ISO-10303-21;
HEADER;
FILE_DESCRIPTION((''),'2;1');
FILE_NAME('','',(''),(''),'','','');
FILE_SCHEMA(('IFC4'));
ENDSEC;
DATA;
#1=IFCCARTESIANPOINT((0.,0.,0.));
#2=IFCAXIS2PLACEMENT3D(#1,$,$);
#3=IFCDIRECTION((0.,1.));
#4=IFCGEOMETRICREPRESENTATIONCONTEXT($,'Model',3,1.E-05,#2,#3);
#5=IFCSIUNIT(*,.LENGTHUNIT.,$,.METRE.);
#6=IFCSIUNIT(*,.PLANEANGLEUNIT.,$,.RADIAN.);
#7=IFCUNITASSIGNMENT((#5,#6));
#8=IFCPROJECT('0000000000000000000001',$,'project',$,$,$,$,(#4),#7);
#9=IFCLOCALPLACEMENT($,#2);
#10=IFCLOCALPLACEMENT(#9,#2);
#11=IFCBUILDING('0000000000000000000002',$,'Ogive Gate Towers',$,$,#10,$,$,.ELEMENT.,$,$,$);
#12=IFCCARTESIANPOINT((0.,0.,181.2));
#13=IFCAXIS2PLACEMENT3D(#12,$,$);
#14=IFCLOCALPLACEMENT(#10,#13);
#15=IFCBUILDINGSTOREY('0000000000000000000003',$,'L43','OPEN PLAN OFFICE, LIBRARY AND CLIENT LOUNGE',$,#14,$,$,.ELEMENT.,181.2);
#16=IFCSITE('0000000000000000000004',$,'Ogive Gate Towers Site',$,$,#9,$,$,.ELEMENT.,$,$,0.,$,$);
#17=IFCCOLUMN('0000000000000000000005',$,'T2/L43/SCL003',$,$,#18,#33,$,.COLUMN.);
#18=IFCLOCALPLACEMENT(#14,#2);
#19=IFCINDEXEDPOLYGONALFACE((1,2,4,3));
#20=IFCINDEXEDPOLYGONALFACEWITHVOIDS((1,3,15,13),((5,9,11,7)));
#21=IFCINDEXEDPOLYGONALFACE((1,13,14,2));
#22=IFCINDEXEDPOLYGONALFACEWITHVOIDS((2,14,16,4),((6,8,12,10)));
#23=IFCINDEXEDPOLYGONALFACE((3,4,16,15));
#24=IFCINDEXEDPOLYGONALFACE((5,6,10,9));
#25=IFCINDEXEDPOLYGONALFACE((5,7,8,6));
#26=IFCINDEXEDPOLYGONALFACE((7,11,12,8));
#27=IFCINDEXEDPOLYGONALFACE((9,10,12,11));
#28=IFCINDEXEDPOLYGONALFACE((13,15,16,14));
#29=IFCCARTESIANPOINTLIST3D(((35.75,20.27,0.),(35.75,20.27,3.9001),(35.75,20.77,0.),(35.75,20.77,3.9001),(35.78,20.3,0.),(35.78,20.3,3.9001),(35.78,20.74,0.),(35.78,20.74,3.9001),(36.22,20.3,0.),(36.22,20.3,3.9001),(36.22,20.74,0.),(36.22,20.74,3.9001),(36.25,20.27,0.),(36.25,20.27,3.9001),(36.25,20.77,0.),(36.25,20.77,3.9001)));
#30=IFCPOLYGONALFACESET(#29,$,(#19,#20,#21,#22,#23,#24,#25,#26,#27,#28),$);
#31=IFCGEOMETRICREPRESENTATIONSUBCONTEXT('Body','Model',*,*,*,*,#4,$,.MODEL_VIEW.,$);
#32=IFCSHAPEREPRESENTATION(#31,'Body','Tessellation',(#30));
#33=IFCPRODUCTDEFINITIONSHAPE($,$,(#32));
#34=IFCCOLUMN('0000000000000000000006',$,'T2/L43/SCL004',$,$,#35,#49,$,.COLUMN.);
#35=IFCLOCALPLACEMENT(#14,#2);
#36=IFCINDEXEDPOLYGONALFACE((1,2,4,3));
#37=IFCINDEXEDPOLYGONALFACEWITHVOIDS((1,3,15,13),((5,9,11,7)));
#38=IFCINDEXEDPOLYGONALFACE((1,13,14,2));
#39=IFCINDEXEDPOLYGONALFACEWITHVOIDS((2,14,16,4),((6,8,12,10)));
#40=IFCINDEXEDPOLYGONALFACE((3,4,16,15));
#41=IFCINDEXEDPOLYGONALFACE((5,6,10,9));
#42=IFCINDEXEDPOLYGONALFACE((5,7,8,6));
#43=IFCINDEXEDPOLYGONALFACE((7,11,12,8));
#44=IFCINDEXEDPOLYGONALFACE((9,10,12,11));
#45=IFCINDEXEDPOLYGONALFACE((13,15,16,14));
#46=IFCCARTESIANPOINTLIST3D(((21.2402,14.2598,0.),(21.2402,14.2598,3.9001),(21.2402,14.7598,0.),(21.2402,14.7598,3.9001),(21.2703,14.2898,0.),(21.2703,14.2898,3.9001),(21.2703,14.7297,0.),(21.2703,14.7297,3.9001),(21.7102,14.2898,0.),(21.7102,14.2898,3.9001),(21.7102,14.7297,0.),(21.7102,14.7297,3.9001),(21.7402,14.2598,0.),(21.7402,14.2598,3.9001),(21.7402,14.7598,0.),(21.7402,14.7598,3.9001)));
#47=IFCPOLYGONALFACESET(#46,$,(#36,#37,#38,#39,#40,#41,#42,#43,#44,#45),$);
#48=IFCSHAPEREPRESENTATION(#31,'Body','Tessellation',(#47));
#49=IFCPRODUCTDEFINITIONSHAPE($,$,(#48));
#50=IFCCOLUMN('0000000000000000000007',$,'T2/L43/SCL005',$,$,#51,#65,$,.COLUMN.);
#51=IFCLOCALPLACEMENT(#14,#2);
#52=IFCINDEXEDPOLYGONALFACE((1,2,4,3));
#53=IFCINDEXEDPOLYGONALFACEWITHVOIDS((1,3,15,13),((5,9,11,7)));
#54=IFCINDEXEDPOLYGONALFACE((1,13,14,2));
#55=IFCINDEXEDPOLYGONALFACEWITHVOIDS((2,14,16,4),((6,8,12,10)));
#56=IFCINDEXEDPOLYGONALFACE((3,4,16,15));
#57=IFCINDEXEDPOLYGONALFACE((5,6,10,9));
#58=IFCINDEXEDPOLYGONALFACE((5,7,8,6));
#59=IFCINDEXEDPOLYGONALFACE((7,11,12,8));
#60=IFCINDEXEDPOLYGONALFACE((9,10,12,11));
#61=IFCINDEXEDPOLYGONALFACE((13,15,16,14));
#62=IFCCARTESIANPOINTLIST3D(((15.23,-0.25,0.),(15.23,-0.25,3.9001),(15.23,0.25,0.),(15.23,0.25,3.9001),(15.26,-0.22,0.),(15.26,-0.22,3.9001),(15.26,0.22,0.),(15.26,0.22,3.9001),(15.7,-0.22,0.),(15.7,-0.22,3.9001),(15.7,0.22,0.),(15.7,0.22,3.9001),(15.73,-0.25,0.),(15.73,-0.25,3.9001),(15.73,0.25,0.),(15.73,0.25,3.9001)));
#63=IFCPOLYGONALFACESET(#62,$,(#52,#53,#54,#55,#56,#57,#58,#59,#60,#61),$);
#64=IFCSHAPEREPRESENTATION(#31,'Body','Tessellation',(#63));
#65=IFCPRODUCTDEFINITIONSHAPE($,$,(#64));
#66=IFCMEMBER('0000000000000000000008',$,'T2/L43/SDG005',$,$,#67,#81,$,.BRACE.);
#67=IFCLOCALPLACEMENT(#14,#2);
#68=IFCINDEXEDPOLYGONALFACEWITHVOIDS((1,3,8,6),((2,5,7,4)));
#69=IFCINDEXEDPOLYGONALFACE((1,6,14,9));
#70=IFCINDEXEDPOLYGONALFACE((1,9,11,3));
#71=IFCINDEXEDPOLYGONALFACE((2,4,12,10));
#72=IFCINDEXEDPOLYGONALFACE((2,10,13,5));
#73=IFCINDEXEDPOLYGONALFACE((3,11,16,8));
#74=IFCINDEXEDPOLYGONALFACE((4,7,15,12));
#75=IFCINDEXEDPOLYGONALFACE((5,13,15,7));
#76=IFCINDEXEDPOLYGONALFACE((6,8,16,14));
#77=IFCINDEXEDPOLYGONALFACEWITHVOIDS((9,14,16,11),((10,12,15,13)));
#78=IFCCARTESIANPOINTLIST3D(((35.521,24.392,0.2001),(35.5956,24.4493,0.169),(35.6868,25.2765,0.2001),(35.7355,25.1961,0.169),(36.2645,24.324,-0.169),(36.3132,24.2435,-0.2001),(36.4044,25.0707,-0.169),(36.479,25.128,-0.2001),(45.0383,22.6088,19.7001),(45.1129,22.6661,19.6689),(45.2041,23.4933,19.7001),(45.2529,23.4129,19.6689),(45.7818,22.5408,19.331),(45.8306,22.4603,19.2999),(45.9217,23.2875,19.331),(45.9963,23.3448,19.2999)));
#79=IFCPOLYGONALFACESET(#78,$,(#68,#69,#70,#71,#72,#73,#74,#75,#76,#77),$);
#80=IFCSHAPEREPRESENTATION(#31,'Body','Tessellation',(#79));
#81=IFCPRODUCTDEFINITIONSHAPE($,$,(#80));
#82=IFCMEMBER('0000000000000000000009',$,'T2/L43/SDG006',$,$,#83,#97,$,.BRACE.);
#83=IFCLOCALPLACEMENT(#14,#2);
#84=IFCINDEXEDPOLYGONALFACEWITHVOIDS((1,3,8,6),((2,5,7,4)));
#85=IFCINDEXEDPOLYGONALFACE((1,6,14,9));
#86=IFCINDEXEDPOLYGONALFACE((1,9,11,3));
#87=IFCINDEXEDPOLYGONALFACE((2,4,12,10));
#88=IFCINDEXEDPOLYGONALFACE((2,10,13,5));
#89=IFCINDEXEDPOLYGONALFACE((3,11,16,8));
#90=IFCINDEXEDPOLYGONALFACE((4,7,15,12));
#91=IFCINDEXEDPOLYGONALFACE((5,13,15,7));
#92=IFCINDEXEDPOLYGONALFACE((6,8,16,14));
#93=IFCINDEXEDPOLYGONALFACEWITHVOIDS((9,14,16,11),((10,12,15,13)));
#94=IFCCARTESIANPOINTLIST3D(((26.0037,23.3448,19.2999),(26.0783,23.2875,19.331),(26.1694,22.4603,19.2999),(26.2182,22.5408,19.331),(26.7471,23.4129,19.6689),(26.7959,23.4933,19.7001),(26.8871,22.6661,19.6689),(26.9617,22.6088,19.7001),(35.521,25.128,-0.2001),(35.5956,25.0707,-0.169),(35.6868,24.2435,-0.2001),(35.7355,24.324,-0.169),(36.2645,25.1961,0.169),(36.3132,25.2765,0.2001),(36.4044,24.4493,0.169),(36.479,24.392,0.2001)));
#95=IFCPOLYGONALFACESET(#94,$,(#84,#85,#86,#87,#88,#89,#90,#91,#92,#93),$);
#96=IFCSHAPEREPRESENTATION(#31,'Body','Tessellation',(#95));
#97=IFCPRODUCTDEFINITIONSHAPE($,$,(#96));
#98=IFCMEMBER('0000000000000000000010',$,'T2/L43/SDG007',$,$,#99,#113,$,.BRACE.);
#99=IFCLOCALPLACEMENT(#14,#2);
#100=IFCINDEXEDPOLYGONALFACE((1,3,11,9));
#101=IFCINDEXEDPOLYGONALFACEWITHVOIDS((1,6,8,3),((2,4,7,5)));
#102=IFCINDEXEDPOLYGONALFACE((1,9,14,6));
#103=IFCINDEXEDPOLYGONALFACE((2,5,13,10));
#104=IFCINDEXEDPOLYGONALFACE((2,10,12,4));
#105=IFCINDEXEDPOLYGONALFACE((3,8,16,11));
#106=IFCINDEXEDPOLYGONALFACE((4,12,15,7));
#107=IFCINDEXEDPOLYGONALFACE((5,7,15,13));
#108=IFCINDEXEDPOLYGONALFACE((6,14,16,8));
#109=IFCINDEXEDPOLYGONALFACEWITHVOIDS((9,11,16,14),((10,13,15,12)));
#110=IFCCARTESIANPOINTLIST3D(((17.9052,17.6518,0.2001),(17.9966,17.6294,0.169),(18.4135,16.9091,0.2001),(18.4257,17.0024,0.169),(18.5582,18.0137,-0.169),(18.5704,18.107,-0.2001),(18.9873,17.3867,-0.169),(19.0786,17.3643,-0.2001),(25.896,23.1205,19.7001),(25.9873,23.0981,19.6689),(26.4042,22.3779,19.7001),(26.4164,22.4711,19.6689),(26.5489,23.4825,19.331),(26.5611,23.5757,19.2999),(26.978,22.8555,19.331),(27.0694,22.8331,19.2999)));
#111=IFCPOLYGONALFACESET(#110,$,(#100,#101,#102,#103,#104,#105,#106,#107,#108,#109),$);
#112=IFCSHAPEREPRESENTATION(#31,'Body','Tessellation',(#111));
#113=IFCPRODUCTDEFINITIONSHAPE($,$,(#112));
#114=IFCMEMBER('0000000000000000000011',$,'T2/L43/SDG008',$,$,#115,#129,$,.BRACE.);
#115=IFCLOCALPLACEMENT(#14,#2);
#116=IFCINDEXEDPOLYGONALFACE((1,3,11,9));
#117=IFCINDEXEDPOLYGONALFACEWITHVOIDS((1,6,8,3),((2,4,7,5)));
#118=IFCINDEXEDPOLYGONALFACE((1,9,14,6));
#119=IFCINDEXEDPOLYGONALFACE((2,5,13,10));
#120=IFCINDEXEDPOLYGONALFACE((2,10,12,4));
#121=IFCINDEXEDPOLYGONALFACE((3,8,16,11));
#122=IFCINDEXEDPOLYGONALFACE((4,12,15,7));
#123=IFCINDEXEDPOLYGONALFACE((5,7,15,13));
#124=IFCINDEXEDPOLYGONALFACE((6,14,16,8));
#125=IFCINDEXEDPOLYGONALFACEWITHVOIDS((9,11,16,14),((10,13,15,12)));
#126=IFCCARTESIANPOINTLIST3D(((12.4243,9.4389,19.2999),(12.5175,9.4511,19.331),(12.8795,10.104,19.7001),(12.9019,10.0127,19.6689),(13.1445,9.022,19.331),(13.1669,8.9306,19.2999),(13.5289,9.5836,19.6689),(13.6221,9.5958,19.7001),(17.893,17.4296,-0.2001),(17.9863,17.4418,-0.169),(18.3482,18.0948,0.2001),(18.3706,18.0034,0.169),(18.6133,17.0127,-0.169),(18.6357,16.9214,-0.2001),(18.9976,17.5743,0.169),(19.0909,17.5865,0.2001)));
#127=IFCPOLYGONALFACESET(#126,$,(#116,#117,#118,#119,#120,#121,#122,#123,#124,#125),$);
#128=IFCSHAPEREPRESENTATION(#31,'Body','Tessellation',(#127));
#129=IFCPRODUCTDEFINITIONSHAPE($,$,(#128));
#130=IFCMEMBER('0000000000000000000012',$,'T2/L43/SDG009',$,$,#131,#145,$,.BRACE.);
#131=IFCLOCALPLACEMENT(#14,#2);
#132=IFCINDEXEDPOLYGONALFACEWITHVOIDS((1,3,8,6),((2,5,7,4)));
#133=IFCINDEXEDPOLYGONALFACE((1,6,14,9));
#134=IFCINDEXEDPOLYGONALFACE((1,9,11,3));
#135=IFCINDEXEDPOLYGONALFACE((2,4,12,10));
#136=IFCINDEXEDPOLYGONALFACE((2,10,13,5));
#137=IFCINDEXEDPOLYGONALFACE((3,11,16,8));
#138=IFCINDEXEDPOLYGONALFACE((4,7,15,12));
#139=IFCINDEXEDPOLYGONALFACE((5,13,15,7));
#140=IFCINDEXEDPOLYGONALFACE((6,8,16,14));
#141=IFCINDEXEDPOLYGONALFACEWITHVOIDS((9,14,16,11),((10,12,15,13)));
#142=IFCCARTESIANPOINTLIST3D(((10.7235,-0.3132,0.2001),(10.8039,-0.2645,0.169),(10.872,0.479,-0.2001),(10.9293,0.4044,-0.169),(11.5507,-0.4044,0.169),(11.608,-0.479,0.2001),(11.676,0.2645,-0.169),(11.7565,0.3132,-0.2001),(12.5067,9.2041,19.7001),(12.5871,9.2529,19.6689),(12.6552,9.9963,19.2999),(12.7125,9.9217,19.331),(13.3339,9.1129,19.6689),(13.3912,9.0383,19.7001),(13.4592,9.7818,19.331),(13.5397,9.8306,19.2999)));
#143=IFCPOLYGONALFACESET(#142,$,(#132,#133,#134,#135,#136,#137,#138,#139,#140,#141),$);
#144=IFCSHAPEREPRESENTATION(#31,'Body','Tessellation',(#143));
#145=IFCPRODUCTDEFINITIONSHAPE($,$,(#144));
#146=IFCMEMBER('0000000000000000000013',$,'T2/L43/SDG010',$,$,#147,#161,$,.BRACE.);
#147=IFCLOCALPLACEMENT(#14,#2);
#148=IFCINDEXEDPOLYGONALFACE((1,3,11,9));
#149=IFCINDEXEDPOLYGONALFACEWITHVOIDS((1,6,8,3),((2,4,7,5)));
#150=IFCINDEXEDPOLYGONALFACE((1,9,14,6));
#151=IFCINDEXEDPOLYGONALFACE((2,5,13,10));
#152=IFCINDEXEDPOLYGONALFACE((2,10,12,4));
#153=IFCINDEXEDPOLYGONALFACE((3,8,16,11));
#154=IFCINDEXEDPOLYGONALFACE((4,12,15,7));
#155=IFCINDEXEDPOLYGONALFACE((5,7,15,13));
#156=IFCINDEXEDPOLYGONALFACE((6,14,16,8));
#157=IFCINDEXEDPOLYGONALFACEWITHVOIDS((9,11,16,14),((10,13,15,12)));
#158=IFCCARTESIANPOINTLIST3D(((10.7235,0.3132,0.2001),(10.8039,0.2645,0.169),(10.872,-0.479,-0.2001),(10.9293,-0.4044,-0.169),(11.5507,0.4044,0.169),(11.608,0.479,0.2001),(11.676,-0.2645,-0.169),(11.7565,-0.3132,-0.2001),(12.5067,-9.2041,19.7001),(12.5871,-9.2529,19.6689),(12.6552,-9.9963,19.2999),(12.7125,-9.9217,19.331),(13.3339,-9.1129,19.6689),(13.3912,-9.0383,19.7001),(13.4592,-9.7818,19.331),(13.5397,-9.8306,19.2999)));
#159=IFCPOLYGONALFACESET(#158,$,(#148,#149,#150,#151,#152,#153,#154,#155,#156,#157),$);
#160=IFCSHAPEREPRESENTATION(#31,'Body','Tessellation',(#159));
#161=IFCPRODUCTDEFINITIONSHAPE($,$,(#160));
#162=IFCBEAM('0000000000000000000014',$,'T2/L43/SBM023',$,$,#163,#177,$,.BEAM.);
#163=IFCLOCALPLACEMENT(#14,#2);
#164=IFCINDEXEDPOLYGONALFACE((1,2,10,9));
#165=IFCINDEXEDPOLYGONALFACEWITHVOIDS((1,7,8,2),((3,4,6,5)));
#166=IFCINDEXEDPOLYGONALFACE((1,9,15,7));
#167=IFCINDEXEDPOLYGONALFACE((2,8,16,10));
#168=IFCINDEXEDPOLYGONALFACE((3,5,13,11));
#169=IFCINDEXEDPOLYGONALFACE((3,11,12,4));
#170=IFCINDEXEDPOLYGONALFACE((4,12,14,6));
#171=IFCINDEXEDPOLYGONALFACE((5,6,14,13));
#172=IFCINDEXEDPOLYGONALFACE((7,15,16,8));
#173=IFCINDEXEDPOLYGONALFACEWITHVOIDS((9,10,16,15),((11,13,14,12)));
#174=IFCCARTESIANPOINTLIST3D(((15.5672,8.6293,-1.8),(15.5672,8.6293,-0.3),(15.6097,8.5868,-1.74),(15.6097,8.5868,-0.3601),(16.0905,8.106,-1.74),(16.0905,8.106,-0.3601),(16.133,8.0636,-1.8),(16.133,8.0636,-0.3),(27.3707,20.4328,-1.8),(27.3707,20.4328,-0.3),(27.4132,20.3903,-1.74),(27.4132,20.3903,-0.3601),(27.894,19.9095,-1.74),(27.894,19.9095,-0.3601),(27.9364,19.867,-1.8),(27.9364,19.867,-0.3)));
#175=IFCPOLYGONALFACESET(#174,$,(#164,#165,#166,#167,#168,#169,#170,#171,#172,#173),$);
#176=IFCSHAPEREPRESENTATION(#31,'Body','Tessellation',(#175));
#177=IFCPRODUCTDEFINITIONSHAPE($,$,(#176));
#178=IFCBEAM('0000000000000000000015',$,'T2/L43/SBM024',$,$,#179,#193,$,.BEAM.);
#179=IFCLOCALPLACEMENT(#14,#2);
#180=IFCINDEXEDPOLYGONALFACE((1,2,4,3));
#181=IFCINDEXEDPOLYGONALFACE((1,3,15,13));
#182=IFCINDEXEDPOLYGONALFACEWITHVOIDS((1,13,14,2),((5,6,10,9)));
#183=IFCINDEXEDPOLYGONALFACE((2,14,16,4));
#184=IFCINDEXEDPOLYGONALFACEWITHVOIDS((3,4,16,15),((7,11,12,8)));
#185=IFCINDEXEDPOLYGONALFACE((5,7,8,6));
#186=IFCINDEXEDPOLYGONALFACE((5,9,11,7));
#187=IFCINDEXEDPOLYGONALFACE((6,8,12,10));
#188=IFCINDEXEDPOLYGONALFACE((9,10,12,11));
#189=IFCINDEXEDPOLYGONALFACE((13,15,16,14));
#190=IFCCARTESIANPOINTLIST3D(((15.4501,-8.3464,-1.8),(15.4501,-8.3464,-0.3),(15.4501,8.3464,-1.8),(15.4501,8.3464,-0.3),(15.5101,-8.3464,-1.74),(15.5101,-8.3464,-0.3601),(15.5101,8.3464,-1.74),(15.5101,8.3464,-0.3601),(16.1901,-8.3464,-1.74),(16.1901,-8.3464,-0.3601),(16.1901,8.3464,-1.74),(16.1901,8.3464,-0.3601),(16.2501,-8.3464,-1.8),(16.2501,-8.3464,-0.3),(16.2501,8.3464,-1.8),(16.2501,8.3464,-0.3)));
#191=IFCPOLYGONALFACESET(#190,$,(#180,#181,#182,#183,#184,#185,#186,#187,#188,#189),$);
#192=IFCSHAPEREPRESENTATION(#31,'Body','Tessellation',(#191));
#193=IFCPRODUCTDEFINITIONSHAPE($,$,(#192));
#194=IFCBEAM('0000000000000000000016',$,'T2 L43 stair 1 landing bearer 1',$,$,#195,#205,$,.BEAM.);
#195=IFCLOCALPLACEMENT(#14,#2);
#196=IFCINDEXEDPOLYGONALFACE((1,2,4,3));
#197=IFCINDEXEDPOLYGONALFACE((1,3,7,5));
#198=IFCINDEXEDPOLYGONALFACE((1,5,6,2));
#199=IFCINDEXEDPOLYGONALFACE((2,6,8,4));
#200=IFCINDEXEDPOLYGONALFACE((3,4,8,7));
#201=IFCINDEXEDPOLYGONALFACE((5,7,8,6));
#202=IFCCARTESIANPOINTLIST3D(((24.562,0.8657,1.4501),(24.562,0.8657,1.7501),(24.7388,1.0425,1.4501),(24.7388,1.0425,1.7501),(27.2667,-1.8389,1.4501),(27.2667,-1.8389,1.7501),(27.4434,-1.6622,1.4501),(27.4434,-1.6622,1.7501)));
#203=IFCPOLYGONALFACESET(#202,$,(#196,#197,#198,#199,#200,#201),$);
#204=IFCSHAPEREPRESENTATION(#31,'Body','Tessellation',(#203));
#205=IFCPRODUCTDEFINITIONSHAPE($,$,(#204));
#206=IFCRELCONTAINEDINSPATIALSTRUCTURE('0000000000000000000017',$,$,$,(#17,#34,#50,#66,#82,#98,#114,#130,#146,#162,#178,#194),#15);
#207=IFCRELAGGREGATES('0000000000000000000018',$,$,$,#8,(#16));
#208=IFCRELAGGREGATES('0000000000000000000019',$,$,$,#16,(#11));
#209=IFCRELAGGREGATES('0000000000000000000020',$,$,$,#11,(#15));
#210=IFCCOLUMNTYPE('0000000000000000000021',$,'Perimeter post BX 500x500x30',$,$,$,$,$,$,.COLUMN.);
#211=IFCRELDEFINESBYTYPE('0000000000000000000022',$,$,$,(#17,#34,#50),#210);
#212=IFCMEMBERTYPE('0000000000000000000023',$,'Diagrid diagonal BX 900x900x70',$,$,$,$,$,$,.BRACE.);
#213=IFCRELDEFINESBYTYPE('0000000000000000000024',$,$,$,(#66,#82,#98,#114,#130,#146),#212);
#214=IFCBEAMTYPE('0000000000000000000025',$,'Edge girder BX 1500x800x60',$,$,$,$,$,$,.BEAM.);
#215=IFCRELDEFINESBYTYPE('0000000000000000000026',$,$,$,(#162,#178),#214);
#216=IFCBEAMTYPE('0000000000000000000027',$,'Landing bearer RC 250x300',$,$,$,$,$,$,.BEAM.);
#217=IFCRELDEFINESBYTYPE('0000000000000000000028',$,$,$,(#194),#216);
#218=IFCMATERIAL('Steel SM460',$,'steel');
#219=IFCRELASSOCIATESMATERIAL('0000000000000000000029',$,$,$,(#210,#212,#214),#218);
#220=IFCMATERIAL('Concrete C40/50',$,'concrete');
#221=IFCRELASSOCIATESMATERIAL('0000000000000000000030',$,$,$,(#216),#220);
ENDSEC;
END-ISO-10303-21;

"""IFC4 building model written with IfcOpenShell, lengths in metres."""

from ifc_helpers import new_model, si_unit, direction, frame, origin, origin_2d, place, context, subcontext, project, spatial, rectangle, hollow_rectangle, extrude, material, material_profile, profile_set, type_object, element, save


model = new_model("IFC4")

# Units and contexts
model_context = context("Model", 3, precision=1e-05, world=origin(), true_north=direction((0.0, 1.0)))
body_context = subcontext(model_context, "Body", "Model", "MODEL_VIEW")
ifc_project = project(units=[si_unit("LENGTHUNIT", "METRE"), si_unit("PLANEANGLEUNIT", "RADIAN")], contexts=[model_context])

# Site, building, storey
site_placement = place(None, origin())
site = spatial("IfcSite", under=ifc_project, at=site_placement, Name="Ogive Gate Towers Site", CompositionType="ELEMENT", RefElevation=0.0)
building_placement = place(site_placement, origin())
building = spatial("IfcBuilding", under=site, at=building_placement, Name="Ogive Gate Towers", CompositionType="ELEMENT")
storey_placement = place(building_placement, frame((0.0, 0.0, 181.2)))
storey = spatial("IfcBuildingStorey", under=building, at=storey_placement, Name="L43", Description="OPEN PLAN OFFICE, LIBRARY AND CLIENT LOUNGE", CompositionType="ELEMENT", Elevation=181.2)

# Columns
ifc_material_1 = material(Name="Steel SM460", Category="steel")
ifc_material_profile_1 = material_profile(ifc_material_1, hollow_rectangle(XDim=0.5, YDim=0.5, WallThickness=0.03, at=origin_2d()), Name="BX 500x500x30")
ifc_profile_set_1 = profile_set([ifc_material_profile_1], Name="Steel SM460")
column_type = type_object("IfcColumnType", Name="Perimeter post BX 500x500x30", PredefinedType="COLUMN", material=ifc_profile_set_1)
for number, where, z_axis, x_axis, name in (
    (1, (36.0, 20.52, 0.0), (0.0, 0.0, 1.0), (1.0, 0.0, 0.0), "T2/L43/SCL003"),
    (2, (21.4902, 14.5098, 0.0), (0.0, 0.0, 1.0), (1.0, 0.0, 0.0), "T2/L43/SCL004"),
    (3, (15.48, 0.0, 0.0), (0.0, 0.0, 1.0), (1.0, 0.0, 0.0), "T2/L43/SCL005"),
):
    element("IfcColumn", number, at=place(storey_placement, frame(where, z_axis=z_axis, x_axis=x_axis)), inside=storey, type_object=column_type, Name=name, PredefinedType="COLUMN", context=body_context, shape_type="SweptSolid", body=[
        extrude(hollow_rectangle(XDim=0.5, YDim=0.5, WallThickness=0.03, at=origin_2d()), origin(), (0.0, 0.0, 1.0), 3.9001),
    ])

# Members
ifc_material_profile_2 = material_profile(ifc_material_1, hollow_rectangle(XDim=0.8999, YDim=0.8999, WallThickness=0.0701, at=origin_2d()), Name="BX 900x900x70")
ifc_profile_set_2 = profile_set([ifc_material_profile_2], Name="Steel SM460")
member_type = type_object("IfcMemberType", Name="Diagrid diagonal BX 900x900x70", PredefinedType="BRACE", material=ifc_profile_set_2)
for number, where, z_axis, x_axis, name in (
    (4, (36.0, 24.76, 0.0), (0.437141, -0.081904, 0.895656), (0.184159, 0.982896, 0.0), "T2/L43/SDG005"),
    (5, (36.0, 24.76, 0.0), (-0.437141, -0.081904, 0.895656), (0.184159, -0.982896, 0.0), "T2/L43/SDG006"),
    (6, (18.4919, 17.5081, 0.0), (0.367023, 0.251186, 0.895656), (-0.564783, 0.825239, 0.0), "T2/L43/SDG007"),
    (7, (18.4919, 17.5081, 0.0), (-0.251186, -0.367023, 0.895656), (0.825239, -0.564783, 0.0), "T2/L43/SDG008"),
    (8, (11.24, 0.0, 0.0), (0.081904, 0.437141, 0.895656), (-0.982896, 0.184159, 0.0), "T2/L43/SDG009"),
    (9, (11.24, 0.0, 0.0), (0.081904, -0.437141, 0.895656), (0.982896, 0.184159, 0.0), "T2/L43/SDG010"),
):
    element("IfcMember", number, at=place(storey_placement, frame(where, z_axis=z_axis, x_axis=x_axis)), inside=storey, type_object=member_type, Name=name, PredefinedType="BRACE", context=body_context, shape_type="SweptSolid", body=[
        extrude(hollow_rectangle(XDim=0.8999, YDim=0.8999, WallThickness=0.0701, at=origin_2d()), origin(), (0.0, 0.0, 1.0), 21.7717),
    ])

# Beams
ifc_material_profile_3 = material_profile(ifc_material_1, hollow_rectangle(XDim=0.8, YDim=1.5, WallThickness=0.0601, at=origin_2d()), Name="BX 1500x800x60")
ifc_profile_set_3 = profile_set([ifc_material_profile_3], Name="Steel SM460")
beam_type_1 = type_object("IfcBeamType", Name="Edge girder BX 1500x800x60", PredefinedType="BEAM", material=ifc_profile_set_3)
beam_1_placement = place(storey_placement, frame((27.6536, 20.1499, -1.05), z_axis=(-0.707107, -0.707107, 0.0), x_axis=(0.707107, -0.707107, 0.0)))
element("IfcBeam", 10, at=beam_1_placement, inside=storey, type_object=beam_type_1, Name="T2/L43/SBM023", PredefinedType="BEAM", context=body_context, shape_type="SweptSolid", body=[
    extrude(hollow_rectangle(XDim=0.8, YDim=1.5, WallThickness=0.0601, at=origin_2d()), origin(), (0.0, 0.0, 1.0), 16.6926),
])
beam_2_placement = place(storey_placement, frame((15.8501, 8.3464, -1.05), z_axis=(0.0, -1.0, 0.0), x_axis=(1.0, 0.0, 0.0)))
element("IfcBeam", 11, at=beam_2_placement, inside=storey, type_object=beam_type_1, Name="T2/L43/SBM024", PredefinedType="BEAM", context=body_context, shape_type="SweptSolid", body=[
    extrude(hollow_rectangle(XDim=0.8, YDim=1.5, WallThickness=0.0601, at=origin_2d()), origin(), (0.0, 0.0, 1.0), 16.6929),
])
ifc_material_2 = material(Name="Concrete C40/50", Category="concrete")
ifc_material_profile_4 = material_profile(ifc_material_2, rectangle(XDim=0.25, YDim=0.3, at=origin_2d()), Name="RC 250x300")
ifc_profile_set_4 = profile_set([ifc_material_profile_4], Name="Concrete C40/50")
beam_type_2 = type_object("IfcBeamType", Name="Landing bearer RC 250x300", PredefinedType="BEAM", material=ifc_profile_set_4)
beam_3_placement = place(storey_placement, frame((24.6504, 0.9541, 1.6001), z_axis=(0.707107, -0.707107, 0.0), x_axis=(0.707107, 0.707107, 0.0)))
element("IfcBeam", 12, at=beam_3_placement, inside=storey, type_object=beam_type_2, Name="T2 L43 stair 1 landing bearer 1", PredefinedType="BEAM", context=body_context, shape_type="SweptSolid", body=[
    extrude(rectangle(XDim=0.25, YDim=0.3, at=origin_2d()), origin(), (0.0, 0.0, 1.0), 3.825),
])

save(model, "model.ifc")
